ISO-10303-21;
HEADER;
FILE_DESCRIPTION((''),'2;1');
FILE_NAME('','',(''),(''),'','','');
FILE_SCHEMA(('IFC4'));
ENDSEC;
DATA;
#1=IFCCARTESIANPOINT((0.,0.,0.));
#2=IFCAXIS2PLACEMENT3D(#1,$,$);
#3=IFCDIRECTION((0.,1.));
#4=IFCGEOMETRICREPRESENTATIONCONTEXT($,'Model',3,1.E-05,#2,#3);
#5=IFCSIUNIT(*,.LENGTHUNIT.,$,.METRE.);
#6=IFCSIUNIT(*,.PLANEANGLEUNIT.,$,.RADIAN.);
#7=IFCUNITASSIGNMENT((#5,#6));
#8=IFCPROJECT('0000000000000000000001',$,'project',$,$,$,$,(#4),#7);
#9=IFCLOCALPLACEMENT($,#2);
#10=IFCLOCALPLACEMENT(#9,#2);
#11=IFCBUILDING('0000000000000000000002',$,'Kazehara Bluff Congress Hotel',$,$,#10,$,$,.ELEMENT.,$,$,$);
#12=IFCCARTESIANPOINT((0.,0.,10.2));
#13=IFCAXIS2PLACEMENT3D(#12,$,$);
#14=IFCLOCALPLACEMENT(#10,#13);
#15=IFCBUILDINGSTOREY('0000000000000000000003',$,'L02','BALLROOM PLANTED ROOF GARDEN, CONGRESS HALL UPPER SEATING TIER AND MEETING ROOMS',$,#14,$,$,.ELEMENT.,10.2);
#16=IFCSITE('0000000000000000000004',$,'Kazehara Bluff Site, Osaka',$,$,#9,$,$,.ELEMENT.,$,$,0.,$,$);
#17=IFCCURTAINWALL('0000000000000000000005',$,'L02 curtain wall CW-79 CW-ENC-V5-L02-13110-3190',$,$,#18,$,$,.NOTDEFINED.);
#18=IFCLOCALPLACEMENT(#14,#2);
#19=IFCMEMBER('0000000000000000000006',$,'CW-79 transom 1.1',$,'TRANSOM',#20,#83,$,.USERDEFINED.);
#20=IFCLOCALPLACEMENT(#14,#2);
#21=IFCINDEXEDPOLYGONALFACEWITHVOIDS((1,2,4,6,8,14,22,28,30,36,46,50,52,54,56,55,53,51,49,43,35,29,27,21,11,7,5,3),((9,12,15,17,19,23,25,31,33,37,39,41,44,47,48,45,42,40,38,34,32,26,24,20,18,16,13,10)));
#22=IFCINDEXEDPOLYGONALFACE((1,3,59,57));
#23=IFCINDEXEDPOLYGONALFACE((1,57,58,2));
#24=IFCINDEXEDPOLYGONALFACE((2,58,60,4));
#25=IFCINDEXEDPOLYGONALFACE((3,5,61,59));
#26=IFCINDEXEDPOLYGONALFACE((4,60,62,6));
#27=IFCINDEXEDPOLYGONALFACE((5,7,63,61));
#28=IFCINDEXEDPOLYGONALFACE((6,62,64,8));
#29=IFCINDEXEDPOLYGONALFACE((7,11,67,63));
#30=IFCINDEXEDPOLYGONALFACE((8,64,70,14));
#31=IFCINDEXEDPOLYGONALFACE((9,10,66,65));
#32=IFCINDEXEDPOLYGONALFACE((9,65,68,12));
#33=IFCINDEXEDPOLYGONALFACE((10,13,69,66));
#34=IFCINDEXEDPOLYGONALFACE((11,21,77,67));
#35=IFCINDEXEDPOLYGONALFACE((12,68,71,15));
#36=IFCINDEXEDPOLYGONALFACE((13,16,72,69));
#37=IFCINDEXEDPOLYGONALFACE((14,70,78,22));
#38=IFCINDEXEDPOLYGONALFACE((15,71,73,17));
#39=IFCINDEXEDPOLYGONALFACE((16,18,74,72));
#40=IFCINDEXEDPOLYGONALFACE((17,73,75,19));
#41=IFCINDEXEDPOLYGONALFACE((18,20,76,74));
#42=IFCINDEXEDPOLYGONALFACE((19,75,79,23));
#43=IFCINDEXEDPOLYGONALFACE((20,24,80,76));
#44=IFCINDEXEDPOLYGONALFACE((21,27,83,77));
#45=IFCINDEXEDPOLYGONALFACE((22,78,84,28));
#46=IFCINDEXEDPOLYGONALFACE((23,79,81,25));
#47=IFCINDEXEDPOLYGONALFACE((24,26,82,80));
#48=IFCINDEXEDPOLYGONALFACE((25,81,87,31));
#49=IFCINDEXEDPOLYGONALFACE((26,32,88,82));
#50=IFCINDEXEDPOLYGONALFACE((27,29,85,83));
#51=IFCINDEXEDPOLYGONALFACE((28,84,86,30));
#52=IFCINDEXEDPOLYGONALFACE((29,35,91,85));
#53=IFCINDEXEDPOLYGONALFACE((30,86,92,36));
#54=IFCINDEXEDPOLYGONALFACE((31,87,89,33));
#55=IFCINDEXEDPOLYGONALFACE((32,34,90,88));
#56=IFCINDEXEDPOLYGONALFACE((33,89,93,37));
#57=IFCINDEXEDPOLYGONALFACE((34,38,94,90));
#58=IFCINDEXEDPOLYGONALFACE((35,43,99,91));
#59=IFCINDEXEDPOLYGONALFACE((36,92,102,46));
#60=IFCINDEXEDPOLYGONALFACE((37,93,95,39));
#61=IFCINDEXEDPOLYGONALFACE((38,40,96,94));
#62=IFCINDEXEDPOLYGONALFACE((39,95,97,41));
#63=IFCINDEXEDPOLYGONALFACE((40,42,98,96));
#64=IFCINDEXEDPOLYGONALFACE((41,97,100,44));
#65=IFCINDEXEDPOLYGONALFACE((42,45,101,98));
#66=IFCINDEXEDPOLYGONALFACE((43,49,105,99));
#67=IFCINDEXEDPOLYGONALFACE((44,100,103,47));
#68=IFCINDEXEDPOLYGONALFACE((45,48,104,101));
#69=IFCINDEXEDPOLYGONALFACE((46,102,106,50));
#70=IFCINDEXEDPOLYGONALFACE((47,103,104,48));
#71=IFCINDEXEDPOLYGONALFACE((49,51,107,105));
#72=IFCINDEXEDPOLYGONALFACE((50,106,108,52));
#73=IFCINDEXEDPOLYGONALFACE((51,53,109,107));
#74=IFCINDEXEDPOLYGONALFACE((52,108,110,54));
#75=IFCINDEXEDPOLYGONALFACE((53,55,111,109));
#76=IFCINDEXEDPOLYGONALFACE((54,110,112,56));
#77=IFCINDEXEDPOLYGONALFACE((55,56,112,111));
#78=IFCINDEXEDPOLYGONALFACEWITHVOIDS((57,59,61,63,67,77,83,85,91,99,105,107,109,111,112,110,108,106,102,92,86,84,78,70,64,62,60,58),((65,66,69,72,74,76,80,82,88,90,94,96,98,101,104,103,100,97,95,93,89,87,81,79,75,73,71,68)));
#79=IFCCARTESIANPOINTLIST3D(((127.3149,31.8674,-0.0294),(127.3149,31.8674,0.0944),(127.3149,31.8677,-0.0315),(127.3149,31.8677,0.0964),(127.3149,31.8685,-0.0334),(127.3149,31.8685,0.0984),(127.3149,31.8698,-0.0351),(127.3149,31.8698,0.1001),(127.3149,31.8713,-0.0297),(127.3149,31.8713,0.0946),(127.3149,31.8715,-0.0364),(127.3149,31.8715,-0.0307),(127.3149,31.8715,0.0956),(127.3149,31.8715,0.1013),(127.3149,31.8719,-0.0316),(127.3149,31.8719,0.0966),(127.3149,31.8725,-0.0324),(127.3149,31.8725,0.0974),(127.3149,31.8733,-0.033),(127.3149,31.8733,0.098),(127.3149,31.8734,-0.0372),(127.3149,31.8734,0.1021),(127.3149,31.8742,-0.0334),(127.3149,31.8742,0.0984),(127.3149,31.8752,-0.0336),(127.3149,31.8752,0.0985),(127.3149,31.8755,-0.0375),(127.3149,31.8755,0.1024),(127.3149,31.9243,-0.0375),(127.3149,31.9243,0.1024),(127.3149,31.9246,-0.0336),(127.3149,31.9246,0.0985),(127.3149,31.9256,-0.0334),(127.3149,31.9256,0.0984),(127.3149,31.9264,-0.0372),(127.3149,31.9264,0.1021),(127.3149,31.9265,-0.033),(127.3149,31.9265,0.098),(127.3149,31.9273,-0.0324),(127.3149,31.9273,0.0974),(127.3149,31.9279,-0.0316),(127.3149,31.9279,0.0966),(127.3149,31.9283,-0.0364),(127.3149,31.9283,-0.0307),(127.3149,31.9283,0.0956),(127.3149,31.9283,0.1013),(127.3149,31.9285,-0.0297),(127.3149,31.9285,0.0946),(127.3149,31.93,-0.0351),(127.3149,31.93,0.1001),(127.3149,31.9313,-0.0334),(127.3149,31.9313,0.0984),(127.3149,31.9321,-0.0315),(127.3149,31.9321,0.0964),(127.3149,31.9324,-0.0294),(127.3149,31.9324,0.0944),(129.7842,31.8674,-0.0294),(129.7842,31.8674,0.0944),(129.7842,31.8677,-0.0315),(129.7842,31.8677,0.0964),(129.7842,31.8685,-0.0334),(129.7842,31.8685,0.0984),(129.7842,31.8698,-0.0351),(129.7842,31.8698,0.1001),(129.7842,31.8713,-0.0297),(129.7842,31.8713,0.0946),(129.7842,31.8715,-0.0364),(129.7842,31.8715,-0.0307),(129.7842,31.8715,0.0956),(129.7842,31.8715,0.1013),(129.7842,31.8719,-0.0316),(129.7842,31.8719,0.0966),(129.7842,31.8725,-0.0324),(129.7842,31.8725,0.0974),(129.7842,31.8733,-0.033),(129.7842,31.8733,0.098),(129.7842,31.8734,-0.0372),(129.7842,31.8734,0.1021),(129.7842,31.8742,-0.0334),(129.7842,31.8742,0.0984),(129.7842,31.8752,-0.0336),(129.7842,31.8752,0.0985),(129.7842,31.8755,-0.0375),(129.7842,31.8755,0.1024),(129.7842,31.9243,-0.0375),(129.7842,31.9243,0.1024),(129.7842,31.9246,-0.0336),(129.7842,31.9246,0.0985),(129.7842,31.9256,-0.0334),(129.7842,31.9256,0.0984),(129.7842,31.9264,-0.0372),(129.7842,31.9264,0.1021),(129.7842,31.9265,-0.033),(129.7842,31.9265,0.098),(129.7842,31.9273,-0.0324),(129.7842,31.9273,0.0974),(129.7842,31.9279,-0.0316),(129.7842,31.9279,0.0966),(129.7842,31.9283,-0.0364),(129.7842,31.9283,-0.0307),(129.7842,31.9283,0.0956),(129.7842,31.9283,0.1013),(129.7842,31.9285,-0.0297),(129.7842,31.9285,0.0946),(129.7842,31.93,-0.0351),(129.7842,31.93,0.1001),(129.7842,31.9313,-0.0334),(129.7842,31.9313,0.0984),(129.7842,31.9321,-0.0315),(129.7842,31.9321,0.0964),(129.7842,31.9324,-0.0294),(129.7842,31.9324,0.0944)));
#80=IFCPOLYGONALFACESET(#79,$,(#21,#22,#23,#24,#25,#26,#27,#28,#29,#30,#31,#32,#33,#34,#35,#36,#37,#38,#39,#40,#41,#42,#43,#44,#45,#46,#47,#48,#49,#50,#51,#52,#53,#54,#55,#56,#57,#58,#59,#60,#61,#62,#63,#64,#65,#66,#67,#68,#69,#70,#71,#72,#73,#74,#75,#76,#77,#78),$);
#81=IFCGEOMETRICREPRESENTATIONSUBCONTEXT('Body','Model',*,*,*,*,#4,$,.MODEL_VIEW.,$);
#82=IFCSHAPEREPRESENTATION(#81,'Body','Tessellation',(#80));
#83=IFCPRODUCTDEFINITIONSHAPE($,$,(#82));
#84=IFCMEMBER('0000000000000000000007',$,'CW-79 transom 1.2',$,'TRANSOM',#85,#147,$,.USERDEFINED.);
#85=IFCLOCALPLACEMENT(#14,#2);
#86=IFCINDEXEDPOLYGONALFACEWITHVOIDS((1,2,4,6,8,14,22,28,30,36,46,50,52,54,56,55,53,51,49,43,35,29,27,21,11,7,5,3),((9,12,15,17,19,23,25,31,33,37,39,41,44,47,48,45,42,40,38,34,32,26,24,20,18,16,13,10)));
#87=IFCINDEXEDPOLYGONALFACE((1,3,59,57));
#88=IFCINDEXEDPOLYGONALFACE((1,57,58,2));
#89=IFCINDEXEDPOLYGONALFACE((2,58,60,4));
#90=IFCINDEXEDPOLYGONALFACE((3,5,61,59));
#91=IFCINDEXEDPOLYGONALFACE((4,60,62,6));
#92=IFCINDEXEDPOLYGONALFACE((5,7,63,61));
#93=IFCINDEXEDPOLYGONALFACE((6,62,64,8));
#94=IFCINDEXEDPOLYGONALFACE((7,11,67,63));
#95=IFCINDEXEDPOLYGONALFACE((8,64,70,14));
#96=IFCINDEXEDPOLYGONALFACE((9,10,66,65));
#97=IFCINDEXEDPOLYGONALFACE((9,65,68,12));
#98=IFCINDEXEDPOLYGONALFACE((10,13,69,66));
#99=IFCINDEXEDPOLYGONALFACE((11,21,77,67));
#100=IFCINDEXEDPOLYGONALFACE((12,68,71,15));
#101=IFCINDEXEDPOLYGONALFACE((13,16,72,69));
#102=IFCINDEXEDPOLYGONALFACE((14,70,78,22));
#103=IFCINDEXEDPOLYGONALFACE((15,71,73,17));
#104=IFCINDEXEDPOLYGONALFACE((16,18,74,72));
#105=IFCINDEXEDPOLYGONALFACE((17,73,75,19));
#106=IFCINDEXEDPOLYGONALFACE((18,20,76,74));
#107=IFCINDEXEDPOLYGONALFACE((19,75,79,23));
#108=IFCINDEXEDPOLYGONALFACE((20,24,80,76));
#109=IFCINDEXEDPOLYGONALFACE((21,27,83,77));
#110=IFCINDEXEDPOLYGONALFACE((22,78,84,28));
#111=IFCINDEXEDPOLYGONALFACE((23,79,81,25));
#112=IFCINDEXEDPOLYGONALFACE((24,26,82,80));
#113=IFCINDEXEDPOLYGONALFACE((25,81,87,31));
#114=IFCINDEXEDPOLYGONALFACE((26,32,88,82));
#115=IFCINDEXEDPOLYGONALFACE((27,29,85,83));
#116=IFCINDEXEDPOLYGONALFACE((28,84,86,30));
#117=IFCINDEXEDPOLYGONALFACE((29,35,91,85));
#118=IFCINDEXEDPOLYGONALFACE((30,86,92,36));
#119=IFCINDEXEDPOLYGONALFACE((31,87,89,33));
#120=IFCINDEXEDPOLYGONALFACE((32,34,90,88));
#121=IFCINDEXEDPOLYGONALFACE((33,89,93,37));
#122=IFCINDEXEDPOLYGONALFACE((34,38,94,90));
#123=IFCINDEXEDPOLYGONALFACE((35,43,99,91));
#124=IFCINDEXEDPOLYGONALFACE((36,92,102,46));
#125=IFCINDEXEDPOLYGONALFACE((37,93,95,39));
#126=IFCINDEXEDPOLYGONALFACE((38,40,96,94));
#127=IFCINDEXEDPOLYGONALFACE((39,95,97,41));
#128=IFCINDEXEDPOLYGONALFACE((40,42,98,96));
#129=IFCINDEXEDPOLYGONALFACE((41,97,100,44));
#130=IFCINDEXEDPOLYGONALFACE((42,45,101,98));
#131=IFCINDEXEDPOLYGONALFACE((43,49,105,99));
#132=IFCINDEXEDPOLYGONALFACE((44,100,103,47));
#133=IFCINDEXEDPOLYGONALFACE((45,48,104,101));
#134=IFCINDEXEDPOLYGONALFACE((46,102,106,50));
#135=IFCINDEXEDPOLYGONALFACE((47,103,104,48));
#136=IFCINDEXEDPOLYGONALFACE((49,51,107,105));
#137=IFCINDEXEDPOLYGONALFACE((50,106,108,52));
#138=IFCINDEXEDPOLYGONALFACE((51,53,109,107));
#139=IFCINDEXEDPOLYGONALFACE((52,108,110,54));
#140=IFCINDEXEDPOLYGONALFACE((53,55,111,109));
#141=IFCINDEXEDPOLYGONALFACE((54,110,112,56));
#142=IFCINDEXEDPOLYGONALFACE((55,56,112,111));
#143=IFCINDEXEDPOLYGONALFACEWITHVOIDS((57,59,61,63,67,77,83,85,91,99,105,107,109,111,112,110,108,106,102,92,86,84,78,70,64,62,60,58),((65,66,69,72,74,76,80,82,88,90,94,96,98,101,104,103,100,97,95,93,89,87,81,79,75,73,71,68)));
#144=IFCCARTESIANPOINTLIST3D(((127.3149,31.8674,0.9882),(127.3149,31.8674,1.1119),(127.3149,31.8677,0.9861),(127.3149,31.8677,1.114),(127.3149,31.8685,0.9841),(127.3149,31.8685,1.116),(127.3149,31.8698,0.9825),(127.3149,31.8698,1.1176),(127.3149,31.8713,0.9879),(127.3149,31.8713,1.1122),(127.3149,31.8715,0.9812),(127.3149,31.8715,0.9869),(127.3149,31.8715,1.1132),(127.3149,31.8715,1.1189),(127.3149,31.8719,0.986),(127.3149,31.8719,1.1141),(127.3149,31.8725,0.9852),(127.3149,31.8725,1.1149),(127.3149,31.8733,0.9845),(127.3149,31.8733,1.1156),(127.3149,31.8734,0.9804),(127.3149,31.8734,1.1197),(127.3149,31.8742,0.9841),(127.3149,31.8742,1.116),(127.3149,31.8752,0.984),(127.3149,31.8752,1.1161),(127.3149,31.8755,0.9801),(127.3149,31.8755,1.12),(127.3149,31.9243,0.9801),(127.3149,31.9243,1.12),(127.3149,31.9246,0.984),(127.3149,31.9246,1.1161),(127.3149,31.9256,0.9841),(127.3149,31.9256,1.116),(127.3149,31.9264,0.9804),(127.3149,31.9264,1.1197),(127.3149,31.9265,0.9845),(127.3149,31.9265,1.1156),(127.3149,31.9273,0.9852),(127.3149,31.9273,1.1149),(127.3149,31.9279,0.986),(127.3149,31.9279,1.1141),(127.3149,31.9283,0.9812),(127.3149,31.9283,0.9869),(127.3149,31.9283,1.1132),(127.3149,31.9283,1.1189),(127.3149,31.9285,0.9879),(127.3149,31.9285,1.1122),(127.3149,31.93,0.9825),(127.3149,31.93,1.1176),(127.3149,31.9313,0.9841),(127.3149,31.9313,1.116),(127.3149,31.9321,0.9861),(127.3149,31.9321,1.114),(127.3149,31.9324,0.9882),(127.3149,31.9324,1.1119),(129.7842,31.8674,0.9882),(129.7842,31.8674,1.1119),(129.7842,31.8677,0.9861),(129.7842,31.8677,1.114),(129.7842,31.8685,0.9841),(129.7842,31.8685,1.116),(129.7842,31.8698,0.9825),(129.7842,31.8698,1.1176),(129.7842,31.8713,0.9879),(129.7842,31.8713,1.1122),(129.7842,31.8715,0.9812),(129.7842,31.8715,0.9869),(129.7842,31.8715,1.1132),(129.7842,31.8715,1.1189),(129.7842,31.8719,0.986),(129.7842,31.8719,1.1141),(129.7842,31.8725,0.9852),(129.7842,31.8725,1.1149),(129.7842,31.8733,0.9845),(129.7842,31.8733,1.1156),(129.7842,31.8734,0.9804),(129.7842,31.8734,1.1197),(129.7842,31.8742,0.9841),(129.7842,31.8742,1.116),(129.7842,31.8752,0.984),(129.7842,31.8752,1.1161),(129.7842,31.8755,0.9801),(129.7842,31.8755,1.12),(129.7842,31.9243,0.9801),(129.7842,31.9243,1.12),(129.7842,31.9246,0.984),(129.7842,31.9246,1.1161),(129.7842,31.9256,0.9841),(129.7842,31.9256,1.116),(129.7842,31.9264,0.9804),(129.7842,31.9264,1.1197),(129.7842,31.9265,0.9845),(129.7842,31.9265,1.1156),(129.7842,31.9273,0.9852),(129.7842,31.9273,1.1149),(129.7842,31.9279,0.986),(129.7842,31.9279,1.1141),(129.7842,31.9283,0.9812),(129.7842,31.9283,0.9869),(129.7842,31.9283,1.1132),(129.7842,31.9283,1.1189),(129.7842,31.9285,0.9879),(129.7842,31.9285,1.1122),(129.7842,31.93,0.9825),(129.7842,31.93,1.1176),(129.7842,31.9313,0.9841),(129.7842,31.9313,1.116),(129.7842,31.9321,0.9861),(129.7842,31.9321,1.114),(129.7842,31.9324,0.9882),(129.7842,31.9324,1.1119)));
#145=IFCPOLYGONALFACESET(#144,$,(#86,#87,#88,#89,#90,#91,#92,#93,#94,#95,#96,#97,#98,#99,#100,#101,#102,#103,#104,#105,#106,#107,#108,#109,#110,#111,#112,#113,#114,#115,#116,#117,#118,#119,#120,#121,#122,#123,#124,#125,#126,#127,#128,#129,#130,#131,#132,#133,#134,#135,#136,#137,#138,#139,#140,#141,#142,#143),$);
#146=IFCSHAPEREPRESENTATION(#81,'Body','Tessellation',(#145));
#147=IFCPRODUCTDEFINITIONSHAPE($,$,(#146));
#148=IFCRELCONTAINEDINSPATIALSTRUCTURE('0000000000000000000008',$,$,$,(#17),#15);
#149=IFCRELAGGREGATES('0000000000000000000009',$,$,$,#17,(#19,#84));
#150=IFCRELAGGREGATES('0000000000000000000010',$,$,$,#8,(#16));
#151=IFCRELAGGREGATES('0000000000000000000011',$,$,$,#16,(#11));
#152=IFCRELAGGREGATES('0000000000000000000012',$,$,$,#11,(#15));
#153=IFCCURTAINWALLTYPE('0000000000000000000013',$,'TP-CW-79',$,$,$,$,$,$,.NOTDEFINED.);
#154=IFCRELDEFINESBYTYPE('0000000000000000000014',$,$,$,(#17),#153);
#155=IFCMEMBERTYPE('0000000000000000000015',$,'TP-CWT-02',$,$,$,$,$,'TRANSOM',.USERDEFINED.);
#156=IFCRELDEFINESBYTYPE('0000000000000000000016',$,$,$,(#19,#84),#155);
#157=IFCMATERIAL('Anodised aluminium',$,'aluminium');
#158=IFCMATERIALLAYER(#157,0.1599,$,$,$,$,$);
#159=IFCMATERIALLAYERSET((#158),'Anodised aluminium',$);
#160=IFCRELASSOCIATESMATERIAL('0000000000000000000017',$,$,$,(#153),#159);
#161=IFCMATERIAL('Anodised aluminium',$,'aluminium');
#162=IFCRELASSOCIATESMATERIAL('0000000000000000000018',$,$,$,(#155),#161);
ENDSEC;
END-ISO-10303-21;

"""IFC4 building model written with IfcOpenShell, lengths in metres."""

from ifc_helpers import new_model, si_unit, direction, frame, origin, origin_2d, place, context, subcontext, project, spatial, hollow_rectangle, extrude, material, layer, layer_set, material_profile, profile_set, type_object, element, aggregate, save


model = new_model("IFC4")

# Units and contexts
model_context = context("Model", 3, precision=1e-05, world=origin(), true_north=direction((0.0, 1.0)))
body_context = subcontext(model_context, "Body", "Model", "MODEL_VIEW")
ifc_project = project(units=[si_unit("LENGTHUNIT", "METRE"), si_unit("PLANEANGLEUNIT", "RADIAN")], contexts=[model_context])

# Site, building, storey
site_placement = place(None, origin())
site = spatial("IfcSite", under=ifc_project, at=site_placement, Name="Kazehara Bluff Site, Osaka", CompositionType="ELEMENT", RefElevation=0.0)
building_placement = place(site_placement, origin())
building = spatial("IfcBuilding", under=site, at=building_placement, Name="Kazehara Bluff Congress Hotel", CompositionType="ELEMENT")
storey_placement = place(building_placement, frame((0.0, 0.0, 10.2)))
storey = spatial("IfcBuildingStorey", under=building, at=storey_placement, Name="L02", Description="BALLROOM PLANTED ROOF GARDEN, CONGRESS HALL UPPER SEATING TIER AND MEETING ROOMS", CompositionType="ELEMENT", Elevation=10.2)

# Shared definitions
ifc_material_1 = material(Name="Anodised aluminium", Category="aluminium")
ifc_layer_1 = layer(ifc_material_1, 0.1599)
ifc_layer_set_1 = layer_set([ifc_layer_1], Name="Anodised aluminium")
curtain_wall_type_1 = type_object("IfcCurtainWallType", Name="TP-CW-79", PredefinedType="NOTDEFINED", material=ifc_layer_set_1)

# Curtain wall
curtain_wall_1_placement = place(storey_placement, origin())
curtain_wall_1 = element("IfcCurtainWall", 1, at=curtain_wall_1_placement, inside=storey, type_object=curtain_wall_type_1, Name="L02 curtain wall CW-79 CW-ENC-V5-L02-13110-3190", PredefinedType="NOTDEFINED")
ifc_material_2 = material(Name="Anodised aluminium", Category="aluminium")
ifc_material_profile_1 = material_profile(ifc_material_2, hollow_rectangle(XDim=0.0649, YDim=0.1399, WallThickness=0.0039, InnerFilletRadius=0.0039, OuterFilletRadius=0.0081, at=origin_2d()))
ifc_profile_set_1 = profile_set([ifc_material_profile_1], Name="Anodised aluminium")
member_type_1 = type_object("IfcMemberType", Name="TP-CWT-02", ElementType="TRANSOM", PredefinedType="USERDEFINED", material=ifc_profile_set_1)

# Members
member_1_placement = place(storey_placement, frame((127.3149, 31.8999, 0.0325), z_axis=(1.0, 0.0, 0.0), x_axis=(0.0, 1.0, 0.0)))
member_1 = element("IfcMember", 2, at=member_1_placement, type_object=member_type_1, Name="CW-79 transom 1.1", ObjectType="TRANSOM", PredefinedType="USERDEFINED", context=body_context, shape_type="SweptSolid", body=[
    extrude(hollow_rectangle(XDim=0.0649, YDim=0.1399, WallThickness=0.0039, InnerFilletRadius=0.0039, OuterFilletRadius=0.0081, at=origin_2d()), origin(), (0.0, 0.0, 1.0), 2.4692),
])
member_2_placement = place(storey_placement, frame((127.3149, 31.8999, 1.05), z_axis=(1.0, 0.0, 0.0), x_axis=(0.0, 1.0, 0.0)))
member_2 = element("IfcMember", 3, at=member_2_placement, type_object=member_type_1, Name="CW-79 transom 1.2", ObjectType="TRANSOM", PredefinedType="USERDEFINED", context=body_context, shape_type="SweptSolid", body=[
    extrude(hollow_rectangle(XDim=0.0649, YDim=0.1399, WallThickness=0.0039, InnerFilletRadius=0.0039, OuterFilletRadius=0.0081, at=origin_2d()), origin(), (0.0, 0.0, 1.0), 2.4692),
])
aggregate(curtain_wall_1, [member_1, member_2])

save(model, "model.ifc")
